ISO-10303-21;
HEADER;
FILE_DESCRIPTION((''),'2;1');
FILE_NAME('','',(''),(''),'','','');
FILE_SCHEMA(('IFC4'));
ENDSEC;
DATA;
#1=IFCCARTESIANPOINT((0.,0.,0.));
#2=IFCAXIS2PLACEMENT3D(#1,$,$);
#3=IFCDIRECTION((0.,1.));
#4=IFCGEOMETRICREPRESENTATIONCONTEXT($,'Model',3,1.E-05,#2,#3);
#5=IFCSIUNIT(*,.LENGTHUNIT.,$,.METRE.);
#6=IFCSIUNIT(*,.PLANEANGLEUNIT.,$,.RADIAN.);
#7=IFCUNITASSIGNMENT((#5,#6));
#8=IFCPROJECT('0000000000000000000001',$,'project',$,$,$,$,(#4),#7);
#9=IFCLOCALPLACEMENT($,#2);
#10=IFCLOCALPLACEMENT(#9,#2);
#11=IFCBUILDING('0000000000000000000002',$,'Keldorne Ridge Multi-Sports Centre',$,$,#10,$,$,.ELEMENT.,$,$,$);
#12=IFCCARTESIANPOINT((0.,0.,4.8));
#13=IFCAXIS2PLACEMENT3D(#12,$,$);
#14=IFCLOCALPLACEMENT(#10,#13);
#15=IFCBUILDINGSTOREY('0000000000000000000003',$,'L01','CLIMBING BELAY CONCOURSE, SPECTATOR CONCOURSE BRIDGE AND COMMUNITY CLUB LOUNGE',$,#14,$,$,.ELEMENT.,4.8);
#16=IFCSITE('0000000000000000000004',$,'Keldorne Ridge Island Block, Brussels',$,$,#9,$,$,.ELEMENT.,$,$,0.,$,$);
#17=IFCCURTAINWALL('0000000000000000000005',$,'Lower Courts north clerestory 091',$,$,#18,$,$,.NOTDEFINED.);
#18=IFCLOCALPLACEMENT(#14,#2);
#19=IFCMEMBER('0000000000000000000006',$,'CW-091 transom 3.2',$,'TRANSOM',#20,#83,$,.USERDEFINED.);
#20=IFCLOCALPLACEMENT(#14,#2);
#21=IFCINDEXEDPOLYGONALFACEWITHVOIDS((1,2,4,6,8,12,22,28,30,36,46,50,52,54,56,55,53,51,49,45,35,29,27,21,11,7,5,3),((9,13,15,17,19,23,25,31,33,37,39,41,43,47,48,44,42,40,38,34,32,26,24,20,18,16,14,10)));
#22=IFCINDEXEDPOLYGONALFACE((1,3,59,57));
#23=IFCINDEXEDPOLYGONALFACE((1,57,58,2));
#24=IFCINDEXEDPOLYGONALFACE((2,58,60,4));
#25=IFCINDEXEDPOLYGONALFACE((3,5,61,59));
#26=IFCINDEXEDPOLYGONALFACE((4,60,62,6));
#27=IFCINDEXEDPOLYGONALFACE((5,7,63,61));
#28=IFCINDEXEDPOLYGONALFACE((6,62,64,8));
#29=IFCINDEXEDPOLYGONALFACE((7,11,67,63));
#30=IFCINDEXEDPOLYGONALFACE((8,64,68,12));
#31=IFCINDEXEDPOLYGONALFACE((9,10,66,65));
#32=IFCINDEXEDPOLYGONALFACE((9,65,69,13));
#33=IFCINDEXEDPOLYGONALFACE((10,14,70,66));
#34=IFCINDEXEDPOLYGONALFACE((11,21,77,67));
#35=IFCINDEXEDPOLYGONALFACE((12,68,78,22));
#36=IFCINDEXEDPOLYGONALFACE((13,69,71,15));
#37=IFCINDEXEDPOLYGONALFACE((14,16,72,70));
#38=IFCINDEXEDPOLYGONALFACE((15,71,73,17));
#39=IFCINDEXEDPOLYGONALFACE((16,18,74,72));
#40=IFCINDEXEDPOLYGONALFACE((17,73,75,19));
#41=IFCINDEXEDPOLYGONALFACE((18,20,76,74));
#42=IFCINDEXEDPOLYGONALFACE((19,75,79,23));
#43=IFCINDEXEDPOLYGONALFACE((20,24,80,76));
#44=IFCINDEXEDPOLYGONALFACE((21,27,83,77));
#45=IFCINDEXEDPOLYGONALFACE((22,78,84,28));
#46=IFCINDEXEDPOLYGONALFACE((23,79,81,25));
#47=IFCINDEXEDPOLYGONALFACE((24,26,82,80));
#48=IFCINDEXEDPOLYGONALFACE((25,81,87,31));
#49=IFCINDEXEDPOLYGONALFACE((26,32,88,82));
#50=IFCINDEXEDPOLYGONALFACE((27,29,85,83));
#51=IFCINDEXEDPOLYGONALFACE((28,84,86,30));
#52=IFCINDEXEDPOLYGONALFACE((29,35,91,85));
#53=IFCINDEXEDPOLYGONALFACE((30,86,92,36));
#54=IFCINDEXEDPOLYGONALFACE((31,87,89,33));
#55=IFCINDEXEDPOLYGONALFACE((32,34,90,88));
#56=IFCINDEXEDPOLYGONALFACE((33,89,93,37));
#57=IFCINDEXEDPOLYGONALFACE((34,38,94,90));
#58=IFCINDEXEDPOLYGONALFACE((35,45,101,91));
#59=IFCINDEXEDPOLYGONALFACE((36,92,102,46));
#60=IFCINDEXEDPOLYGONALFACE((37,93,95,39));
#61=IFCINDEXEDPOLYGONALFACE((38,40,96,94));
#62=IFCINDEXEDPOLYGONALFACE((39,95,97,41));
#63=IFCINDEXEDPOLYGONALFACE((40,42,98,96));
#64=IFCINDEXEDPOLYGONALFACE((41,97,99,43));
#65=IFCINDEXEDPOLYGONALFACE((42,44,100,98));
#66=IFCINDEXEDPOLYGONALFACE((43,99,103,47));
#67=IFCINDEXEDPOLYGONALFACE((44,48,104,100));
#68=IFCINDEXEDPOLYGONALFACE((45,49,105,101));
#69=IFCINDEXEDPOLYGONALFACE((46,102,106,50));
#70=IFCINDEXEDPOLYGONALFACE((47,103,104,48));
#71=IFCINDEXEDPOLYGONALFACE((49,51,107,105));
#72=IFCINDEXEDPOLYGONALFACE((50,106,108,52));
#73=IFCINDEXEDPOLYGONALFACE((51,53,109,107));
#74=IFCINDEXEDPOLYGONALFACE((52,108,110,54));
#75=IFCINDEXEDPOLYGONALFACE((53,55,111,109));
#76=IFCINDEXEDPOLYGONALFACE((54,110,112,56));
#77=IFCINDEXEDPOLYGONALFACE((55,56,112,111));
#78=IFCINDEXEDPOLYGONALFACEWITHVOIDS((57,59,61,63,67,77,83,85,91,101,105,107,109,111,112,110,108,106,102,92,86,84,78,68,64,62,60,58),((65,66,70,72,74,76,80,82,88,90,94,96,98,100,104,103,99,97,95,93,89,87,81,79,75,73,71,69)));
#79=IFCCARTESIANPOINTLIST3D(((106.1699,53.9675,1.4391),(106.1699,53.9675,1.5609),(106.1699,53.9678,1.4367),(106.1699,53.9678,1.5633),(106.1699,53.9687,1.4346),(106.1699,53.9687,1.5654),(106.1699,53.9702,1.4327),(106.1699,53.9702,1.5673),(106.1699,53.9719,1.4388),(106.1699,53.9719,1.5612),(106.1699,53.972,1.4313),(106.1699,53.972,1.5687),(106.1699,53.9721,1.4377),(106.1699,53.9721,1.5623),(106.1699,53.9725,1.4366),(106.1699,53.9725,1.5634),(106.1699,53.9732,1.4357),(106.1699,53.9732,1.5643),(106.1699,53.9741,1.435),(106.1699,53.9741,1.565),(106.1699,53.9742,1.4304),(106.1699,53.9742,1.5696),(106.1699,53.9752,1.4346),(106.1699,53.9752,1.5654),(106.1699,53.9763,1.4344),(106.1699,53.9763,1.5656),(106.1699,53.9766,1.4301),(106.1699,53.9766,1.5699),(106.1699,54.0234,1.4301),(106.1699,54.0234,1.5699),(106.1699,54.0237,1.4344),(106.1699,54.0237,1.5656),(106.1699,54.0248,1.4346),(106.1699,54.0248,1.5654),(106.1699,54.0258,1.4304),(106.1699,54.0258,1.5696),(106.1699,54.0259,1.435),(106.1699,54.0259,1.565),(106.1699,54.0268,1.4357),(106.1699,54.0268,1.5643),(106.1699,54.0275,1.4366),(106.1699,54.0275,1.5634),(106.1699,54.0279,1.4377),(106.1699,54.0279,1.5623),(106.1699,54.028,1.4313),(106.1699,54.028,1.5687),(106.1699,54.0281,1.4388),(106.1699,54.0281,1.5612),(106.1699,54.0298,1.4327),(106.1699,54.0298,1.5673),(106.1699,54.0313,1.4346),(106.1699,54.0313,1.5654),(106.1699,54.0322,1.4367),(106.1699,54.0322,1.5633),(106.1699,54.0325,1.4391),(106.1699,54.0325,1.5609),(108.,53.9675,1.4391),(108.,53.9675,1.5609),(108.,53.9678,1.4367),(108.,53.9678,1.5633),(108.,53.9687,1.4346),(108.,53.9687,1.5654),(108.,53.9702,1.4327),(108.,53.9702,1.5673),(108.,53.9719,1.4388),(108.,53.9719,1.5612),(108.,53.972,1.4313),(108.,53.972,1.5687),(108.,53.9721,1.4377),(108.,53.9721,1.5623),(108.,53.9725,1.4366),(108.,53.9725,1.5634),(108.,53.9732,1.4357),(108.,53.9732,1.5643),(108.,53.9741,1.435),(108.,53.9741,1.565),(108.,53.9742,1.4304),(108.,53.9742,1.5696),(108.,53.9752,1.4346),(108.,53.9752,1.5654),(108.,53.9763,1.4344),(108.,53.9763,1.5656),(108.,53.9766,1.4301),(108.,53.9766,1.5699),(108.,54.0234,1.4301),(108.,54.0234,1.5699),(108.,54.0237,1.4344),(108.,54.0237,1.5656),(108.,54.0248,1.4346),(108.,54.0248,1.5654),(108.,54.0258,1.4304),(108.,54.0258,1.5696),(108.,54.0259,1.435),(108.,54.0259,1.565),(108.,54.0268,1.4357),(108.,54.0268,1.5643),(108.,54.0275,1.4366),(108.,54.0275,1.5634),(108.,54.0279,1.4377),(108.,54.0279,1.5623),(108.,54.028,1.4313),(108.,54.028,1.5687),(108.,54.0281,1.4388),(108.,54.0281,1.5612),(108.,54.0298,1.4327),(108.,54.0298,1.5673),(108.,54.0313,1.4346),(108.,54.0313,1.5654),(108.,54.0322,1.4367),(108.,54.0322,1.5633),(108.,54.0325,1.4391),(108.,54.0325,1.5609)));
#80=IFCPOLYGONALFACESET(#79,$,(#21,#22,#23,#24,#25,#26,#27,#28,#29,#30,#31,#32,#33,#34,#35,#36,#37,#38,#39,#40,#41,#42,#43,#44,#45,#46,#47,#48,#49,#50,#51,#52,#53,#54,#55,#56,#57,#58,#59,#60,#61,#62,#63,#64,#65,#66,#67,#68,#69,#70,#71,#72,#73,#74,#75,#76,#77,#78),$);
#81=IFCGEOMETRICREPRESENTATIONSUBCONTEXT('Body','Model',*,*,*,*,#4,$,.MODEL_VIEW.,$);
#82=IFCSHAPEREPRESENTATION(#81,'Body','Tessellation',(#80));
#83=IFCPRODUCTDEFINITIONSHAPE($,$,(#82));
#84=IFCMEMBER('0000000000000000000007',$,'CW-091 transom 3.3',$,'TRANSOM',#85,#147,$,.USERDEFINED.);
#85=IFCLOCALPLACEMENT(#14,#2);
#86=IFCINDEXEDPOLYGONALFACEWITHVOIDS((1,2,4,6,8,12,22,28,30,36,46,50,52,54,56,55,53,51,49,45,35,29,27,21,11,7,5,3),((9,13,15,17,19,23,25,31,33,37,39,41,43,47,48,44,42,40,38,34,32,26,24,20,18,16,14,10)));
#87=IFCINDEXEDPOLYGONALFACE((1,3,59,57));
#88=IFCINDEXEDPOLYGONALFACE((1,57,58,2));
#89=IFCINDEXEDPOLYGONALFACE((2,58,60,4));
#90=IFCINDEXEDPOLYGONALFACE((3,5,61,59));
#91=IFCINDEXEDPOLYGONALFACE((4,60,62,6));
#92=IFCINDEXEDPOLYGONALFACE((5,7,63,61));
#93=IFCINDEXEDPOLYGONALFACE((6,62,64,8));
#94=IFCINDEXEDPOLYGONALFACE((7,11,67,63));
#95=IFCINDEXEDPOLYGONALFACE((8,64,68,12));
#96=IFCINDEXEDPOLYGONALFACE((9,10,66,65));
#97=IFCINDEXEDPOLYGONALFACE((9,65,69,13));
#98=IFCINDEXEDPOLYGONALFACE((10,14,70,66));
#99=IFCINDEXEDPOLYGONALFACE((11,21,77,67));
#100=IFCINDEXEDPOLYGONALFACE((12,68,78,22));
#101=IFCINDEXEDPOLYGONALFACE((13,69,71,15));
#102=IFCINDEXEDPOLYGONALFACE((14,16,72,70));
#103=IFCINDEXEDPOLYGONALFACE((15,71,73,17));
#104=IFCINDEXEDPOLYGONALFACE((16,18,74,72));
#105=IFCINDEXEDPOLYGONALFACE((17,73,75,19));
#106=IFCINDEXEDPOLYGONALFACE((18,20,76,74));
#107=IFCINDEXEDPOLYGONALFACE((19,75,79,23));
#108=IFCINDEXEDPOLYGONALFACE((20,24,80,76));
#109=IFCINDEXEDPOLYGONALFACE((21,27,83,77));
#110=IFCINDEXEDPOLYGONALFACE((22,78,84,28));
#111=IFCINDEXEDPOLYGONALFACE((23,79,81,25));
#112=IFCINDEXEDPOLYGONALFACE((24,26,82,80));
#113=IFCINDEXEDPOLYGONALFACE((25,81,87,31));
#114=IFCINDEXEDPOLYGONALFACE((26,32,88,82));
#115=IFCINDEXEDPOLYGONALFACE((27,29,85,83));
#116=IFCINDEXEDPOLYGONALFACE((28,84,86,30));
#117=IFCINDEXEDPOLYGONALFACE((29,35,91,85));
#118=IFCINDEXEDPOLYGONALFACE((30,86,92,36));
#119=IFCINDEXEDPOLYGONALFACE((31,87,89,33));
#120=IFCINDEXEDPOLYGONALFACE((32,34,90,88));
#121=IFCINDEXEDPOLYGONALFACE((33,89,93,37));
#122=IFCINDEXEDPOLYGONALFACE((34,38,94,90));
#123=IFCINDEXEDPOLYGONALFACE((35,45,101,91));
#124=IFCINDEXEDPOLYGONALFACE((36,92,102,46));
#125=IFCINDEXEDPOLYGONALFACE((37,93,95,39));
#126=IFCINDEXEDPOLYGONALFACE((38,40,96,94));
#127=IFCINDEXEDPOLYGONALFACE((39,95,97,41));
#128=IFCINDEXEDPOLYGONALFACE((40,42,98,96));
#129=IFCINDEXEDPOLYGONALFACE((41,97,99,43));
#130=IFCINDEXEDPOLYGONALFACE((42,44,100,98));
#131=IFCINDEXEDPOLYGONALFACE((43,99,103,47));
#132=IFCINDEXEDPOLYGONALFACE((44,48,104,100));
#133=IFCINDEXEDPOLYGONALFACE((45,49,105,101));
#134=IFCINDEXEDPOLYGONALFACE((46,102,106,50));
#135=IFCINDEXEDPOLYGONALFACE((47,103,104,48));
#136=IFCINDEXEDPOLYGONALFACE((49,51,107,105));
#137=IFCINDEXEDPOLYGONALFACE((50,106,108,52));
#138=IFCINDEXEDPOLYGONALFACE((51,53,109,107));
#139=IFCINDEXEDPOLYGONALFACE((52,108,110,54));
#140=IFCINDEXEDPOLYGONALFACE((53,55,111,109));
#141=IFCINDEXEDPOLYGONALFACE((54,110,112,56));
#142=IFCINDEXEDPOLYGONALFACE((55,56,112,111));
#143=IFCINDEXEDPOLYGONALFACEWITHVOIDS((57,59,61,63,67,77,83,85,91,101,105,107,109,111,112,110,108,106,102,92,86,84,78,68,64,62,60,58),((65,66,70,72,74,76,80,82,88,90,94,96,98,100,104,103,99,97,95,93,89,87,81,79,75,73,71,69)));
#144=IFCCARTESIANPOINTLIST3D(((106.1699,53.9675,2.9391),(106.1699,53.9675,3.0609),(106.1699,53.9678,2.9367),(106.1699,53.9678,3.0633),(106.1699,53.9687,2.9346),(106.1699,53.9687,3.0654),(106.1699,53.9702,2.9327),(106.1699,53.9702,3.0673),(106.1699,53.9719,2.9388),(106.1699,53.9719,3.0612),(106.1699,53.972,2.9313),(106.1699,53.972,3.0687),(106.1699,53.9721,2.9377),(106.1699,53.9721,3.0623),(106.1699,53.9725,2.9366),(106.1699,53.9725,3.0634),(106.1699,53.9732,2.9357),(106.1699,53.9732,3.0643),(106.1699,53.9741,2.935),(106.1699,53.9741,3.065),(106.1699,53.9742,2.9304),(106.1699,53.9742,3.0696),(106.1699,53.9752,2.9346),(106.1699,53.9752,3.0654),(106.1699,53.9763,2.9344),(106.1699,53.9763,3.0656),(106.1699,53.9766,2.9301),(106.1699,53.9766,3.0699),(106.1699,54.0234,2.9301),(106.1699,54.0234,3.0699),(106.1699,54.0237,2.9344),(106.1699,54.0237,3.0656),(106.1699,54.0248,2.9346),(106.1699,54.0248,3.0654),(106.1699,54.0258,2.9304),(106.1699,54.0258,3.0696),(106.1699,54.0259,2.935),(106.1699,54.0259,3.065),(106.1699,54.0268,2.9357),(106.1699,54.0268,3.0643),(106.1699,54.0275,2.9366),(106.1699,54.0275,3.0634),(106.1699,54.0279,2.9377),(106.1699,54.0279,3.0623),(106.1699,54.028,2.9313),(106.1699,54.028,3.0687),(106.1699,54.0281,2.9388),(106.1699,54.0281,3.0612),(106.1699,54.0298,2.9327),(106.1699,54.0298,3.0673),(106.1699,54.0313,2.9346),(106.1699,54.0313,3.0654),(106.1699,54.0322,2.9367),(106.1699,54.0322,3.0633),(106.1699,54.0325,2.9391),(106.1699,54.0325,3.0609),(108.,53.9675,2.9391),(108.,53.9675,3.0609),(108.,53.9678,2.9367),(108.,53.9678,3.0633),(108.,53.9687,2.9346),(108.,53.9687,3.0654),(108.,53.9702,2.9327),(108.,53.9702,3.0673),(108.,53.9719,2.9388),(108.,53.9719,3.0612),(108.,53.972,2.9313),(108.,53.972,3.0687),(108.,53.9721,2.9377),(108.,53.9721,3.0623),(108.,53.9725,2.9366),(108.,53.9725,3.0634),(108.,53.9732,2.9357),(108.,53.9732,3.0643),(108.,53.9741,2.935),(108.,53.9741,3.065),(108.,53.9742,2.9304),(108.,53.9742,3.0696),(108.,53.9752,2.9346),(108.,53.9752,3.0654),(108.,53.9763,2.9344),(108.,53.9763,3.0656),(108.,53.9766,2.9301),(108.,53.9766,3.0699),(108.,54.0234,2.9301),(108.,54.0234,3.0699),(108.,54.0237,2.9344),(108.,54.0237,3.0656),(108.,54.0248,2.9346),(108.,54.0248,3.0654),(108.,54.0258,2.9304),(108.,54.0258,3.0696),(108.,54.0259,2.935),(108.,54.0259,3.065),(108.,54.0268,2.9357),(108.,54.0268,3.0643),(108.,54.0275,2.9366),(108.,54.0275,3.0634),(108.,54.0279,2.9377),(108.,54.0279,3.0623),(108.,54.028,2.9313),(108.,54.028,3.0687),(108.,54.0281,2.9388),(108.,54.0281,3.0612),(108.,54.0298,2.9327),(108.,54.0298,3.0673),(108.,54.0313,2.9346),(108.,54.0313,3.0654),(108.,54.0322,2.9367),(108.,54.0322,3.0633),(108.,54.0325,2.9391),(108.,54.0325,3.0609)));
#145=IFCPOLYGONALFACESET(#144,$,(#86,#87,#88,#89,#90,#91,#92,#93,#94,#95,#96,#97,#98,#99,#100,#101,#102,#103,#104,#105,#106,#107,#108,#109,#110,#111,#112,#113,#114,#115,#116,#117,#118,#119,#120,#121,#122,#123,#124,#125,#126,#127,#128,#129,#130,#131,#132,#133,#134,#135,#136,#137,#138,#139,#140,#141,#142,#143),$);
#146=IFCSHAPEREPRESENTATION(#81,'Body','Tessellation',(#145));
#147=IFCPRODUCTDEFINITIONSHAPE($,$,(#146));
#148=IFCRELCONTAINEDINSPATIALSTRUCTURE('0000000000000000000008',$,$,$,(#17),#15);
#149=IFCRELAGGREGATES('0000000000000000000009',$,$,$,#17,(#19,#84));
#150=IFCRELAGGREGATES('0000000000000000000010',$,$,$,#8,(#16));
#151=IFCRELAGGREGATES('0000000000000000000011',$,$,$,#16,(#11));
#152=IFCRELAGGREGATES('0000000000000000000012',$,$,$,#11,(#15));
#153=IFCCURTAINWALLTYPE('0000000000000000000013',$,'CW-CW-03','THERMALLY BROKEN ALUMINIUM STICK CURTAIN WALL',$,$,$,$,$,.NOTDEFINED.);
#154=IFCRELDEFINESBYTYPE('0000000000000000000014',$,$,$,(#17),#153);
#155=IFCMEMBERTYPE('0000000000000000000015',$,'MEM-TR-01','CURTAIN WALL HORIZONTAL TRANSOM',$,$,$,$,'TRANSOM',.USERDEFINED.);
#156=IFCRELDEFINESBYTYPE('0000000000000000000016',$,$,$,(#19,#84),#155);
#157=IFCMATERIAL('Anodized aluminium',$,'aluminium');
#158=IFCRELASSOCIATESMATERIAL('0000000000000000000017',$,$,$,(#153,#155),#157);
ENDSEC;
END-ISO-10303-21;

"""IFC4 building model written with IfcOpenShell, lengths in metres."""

from ifc_helpers import new_model, si_unit, direction, frame, origin, origin_2d, place, context, subcontext, project, spatial, hollow_rectangle, extrude, material, material_profile, profile_set, type_object, element, aggregate, save


model = new_model("IFC4")

# Units and contexts
model_context = context("Model", 3, precision=1e-05, world=origin(), true_north=direction((0.0, 1.0)))
body_context = subcontext(model_context, "Body", "Model", "MODEL_VIEW")
ifc_project = project(units=[si_unit("LENGTHUNIT", "METRE"), si_unit("PLANEANGLEUNIT", "RADIAN")], contexts=[model_context])

# Site, building, storey
site_placement = place(None, origin())
site = spatial("IfcSite", under=ifc_project, at=site_placement, Name="Keldorne Ridge Island Block, Brussels", CompositionType="ELEMENT", RefElevation=0.0)
building_placement = place(site_placement, origin())
building = spatial("IfcBuilding", under=site, at=building_placement, Name="Keldorne Ridge Multi-Sports Centre", CompositionType="ELEMENT")
storey_placement = place(building_placement, frame((0.0, 0.0, 4.8)))
storey = spatial("IfcBuildingStorey", under=building, at=storey_placement, Name="L01", Description="CLIMBING BELAY CONCOURSE, SPECTATOR CONCOURSE BRIDGE AND COMMUNITY CLUB LOUNGE", CompositionType="ELEMENT", Elevation=4.8)

# Curtain wall, members
ifc_material_1 = material(Name="Anodized aluminium", Category="aluminium")
curtain_wall_type = type_object("IfcCurtainWallType", Name="CW-CW-03", Description="THERMALLY BROKEN ALUMINIUM STICK CURTAIN WALL", PredefinedType="NOTDEFINED", material=ifc_material_1)
curtain_wall_placement = place(storey_placement, origin())
curtain_wall = element("IfcCurtainWall", 1, at=curtain_wall_placement, inside=storey, type_object=curtain_wall_type, Name="Lower Courts north clerestory 091", PredefinedType="NOTDEFINED")
ifc_material_profile_1 = material_profile(ifc_material_1, hollow_rectangle(XDim=0.0649, YDim=0.1399, WallThickness=0.0044, InnerFilletRadius=0.0044, OuterFilletRadius=0.009, at=origin_2d()), Name="ALU TRANSOM 140x65x4.5")
ifc_profile_set_1 = profile_set([ifc_material_profile_1], Name="Anodized aluminium")
member_type_1 = type_object("IfcMemberType", Name="MEM-TR-01", Description="CURTAIN WALL HORIZONTAL TRANSOM", ElementType="TRANSOM", PredefinedType="USERDEFINED", material=ifc_profile_set_1)
member_1_placement = place(storey_placement, frame((108.0, 54.0, 1.5), z_axis=(-1.0, 0.0, 0.0), x_axis=(0.0, -1.0, 0.0)))
member_1 = element("IfcMember", 2, at=member_1_placement, type_object=member_type_1, Name="CW-091 transom 3.2", ObjectType="TRANSOM", PredefinedType="USERDEFINED", context=body_context, shape_type="SweptSolid", body=[
    extrude(hollow_rectangle(XDim=0.0649, YDim=0.1399, WallThickness=0.0044, InnerFilletRadius=0.0044, OuterFilletRadius=0.009, at=origin_2d()), origin(), (0.0, 0.0, 1.0), 1.8301),
])
member_2_placement = place(storey_placement, frame((108.0, 54.0, 3.0), z_axis=(-1.0, 0.0, 0.0), x_axis=(0.0, -1.0, 0.0)))
member_2 = element("IfcMember", 3, at=member_2_placement, type_object=member_type_1, Name="CW-091 transom 3.3", ObjectType="TRANSOM", PredefinedType="USERDEFINED", context=body_context, shape_type="SweptSolid", body=[
    extrude(hollow_rectangle(XDim=0.0649, YDim=0.1399, WallThickness=0.0044, InnerFilletRadius=0.0044, OuterFilletRadius=0.009, at=origin_2d()), origin(), (0.0, 0.0, 1.0), 1.8301),
])
aggregate(curtain_wall, [member_1, member_2])

save(model, "model.ifc")
